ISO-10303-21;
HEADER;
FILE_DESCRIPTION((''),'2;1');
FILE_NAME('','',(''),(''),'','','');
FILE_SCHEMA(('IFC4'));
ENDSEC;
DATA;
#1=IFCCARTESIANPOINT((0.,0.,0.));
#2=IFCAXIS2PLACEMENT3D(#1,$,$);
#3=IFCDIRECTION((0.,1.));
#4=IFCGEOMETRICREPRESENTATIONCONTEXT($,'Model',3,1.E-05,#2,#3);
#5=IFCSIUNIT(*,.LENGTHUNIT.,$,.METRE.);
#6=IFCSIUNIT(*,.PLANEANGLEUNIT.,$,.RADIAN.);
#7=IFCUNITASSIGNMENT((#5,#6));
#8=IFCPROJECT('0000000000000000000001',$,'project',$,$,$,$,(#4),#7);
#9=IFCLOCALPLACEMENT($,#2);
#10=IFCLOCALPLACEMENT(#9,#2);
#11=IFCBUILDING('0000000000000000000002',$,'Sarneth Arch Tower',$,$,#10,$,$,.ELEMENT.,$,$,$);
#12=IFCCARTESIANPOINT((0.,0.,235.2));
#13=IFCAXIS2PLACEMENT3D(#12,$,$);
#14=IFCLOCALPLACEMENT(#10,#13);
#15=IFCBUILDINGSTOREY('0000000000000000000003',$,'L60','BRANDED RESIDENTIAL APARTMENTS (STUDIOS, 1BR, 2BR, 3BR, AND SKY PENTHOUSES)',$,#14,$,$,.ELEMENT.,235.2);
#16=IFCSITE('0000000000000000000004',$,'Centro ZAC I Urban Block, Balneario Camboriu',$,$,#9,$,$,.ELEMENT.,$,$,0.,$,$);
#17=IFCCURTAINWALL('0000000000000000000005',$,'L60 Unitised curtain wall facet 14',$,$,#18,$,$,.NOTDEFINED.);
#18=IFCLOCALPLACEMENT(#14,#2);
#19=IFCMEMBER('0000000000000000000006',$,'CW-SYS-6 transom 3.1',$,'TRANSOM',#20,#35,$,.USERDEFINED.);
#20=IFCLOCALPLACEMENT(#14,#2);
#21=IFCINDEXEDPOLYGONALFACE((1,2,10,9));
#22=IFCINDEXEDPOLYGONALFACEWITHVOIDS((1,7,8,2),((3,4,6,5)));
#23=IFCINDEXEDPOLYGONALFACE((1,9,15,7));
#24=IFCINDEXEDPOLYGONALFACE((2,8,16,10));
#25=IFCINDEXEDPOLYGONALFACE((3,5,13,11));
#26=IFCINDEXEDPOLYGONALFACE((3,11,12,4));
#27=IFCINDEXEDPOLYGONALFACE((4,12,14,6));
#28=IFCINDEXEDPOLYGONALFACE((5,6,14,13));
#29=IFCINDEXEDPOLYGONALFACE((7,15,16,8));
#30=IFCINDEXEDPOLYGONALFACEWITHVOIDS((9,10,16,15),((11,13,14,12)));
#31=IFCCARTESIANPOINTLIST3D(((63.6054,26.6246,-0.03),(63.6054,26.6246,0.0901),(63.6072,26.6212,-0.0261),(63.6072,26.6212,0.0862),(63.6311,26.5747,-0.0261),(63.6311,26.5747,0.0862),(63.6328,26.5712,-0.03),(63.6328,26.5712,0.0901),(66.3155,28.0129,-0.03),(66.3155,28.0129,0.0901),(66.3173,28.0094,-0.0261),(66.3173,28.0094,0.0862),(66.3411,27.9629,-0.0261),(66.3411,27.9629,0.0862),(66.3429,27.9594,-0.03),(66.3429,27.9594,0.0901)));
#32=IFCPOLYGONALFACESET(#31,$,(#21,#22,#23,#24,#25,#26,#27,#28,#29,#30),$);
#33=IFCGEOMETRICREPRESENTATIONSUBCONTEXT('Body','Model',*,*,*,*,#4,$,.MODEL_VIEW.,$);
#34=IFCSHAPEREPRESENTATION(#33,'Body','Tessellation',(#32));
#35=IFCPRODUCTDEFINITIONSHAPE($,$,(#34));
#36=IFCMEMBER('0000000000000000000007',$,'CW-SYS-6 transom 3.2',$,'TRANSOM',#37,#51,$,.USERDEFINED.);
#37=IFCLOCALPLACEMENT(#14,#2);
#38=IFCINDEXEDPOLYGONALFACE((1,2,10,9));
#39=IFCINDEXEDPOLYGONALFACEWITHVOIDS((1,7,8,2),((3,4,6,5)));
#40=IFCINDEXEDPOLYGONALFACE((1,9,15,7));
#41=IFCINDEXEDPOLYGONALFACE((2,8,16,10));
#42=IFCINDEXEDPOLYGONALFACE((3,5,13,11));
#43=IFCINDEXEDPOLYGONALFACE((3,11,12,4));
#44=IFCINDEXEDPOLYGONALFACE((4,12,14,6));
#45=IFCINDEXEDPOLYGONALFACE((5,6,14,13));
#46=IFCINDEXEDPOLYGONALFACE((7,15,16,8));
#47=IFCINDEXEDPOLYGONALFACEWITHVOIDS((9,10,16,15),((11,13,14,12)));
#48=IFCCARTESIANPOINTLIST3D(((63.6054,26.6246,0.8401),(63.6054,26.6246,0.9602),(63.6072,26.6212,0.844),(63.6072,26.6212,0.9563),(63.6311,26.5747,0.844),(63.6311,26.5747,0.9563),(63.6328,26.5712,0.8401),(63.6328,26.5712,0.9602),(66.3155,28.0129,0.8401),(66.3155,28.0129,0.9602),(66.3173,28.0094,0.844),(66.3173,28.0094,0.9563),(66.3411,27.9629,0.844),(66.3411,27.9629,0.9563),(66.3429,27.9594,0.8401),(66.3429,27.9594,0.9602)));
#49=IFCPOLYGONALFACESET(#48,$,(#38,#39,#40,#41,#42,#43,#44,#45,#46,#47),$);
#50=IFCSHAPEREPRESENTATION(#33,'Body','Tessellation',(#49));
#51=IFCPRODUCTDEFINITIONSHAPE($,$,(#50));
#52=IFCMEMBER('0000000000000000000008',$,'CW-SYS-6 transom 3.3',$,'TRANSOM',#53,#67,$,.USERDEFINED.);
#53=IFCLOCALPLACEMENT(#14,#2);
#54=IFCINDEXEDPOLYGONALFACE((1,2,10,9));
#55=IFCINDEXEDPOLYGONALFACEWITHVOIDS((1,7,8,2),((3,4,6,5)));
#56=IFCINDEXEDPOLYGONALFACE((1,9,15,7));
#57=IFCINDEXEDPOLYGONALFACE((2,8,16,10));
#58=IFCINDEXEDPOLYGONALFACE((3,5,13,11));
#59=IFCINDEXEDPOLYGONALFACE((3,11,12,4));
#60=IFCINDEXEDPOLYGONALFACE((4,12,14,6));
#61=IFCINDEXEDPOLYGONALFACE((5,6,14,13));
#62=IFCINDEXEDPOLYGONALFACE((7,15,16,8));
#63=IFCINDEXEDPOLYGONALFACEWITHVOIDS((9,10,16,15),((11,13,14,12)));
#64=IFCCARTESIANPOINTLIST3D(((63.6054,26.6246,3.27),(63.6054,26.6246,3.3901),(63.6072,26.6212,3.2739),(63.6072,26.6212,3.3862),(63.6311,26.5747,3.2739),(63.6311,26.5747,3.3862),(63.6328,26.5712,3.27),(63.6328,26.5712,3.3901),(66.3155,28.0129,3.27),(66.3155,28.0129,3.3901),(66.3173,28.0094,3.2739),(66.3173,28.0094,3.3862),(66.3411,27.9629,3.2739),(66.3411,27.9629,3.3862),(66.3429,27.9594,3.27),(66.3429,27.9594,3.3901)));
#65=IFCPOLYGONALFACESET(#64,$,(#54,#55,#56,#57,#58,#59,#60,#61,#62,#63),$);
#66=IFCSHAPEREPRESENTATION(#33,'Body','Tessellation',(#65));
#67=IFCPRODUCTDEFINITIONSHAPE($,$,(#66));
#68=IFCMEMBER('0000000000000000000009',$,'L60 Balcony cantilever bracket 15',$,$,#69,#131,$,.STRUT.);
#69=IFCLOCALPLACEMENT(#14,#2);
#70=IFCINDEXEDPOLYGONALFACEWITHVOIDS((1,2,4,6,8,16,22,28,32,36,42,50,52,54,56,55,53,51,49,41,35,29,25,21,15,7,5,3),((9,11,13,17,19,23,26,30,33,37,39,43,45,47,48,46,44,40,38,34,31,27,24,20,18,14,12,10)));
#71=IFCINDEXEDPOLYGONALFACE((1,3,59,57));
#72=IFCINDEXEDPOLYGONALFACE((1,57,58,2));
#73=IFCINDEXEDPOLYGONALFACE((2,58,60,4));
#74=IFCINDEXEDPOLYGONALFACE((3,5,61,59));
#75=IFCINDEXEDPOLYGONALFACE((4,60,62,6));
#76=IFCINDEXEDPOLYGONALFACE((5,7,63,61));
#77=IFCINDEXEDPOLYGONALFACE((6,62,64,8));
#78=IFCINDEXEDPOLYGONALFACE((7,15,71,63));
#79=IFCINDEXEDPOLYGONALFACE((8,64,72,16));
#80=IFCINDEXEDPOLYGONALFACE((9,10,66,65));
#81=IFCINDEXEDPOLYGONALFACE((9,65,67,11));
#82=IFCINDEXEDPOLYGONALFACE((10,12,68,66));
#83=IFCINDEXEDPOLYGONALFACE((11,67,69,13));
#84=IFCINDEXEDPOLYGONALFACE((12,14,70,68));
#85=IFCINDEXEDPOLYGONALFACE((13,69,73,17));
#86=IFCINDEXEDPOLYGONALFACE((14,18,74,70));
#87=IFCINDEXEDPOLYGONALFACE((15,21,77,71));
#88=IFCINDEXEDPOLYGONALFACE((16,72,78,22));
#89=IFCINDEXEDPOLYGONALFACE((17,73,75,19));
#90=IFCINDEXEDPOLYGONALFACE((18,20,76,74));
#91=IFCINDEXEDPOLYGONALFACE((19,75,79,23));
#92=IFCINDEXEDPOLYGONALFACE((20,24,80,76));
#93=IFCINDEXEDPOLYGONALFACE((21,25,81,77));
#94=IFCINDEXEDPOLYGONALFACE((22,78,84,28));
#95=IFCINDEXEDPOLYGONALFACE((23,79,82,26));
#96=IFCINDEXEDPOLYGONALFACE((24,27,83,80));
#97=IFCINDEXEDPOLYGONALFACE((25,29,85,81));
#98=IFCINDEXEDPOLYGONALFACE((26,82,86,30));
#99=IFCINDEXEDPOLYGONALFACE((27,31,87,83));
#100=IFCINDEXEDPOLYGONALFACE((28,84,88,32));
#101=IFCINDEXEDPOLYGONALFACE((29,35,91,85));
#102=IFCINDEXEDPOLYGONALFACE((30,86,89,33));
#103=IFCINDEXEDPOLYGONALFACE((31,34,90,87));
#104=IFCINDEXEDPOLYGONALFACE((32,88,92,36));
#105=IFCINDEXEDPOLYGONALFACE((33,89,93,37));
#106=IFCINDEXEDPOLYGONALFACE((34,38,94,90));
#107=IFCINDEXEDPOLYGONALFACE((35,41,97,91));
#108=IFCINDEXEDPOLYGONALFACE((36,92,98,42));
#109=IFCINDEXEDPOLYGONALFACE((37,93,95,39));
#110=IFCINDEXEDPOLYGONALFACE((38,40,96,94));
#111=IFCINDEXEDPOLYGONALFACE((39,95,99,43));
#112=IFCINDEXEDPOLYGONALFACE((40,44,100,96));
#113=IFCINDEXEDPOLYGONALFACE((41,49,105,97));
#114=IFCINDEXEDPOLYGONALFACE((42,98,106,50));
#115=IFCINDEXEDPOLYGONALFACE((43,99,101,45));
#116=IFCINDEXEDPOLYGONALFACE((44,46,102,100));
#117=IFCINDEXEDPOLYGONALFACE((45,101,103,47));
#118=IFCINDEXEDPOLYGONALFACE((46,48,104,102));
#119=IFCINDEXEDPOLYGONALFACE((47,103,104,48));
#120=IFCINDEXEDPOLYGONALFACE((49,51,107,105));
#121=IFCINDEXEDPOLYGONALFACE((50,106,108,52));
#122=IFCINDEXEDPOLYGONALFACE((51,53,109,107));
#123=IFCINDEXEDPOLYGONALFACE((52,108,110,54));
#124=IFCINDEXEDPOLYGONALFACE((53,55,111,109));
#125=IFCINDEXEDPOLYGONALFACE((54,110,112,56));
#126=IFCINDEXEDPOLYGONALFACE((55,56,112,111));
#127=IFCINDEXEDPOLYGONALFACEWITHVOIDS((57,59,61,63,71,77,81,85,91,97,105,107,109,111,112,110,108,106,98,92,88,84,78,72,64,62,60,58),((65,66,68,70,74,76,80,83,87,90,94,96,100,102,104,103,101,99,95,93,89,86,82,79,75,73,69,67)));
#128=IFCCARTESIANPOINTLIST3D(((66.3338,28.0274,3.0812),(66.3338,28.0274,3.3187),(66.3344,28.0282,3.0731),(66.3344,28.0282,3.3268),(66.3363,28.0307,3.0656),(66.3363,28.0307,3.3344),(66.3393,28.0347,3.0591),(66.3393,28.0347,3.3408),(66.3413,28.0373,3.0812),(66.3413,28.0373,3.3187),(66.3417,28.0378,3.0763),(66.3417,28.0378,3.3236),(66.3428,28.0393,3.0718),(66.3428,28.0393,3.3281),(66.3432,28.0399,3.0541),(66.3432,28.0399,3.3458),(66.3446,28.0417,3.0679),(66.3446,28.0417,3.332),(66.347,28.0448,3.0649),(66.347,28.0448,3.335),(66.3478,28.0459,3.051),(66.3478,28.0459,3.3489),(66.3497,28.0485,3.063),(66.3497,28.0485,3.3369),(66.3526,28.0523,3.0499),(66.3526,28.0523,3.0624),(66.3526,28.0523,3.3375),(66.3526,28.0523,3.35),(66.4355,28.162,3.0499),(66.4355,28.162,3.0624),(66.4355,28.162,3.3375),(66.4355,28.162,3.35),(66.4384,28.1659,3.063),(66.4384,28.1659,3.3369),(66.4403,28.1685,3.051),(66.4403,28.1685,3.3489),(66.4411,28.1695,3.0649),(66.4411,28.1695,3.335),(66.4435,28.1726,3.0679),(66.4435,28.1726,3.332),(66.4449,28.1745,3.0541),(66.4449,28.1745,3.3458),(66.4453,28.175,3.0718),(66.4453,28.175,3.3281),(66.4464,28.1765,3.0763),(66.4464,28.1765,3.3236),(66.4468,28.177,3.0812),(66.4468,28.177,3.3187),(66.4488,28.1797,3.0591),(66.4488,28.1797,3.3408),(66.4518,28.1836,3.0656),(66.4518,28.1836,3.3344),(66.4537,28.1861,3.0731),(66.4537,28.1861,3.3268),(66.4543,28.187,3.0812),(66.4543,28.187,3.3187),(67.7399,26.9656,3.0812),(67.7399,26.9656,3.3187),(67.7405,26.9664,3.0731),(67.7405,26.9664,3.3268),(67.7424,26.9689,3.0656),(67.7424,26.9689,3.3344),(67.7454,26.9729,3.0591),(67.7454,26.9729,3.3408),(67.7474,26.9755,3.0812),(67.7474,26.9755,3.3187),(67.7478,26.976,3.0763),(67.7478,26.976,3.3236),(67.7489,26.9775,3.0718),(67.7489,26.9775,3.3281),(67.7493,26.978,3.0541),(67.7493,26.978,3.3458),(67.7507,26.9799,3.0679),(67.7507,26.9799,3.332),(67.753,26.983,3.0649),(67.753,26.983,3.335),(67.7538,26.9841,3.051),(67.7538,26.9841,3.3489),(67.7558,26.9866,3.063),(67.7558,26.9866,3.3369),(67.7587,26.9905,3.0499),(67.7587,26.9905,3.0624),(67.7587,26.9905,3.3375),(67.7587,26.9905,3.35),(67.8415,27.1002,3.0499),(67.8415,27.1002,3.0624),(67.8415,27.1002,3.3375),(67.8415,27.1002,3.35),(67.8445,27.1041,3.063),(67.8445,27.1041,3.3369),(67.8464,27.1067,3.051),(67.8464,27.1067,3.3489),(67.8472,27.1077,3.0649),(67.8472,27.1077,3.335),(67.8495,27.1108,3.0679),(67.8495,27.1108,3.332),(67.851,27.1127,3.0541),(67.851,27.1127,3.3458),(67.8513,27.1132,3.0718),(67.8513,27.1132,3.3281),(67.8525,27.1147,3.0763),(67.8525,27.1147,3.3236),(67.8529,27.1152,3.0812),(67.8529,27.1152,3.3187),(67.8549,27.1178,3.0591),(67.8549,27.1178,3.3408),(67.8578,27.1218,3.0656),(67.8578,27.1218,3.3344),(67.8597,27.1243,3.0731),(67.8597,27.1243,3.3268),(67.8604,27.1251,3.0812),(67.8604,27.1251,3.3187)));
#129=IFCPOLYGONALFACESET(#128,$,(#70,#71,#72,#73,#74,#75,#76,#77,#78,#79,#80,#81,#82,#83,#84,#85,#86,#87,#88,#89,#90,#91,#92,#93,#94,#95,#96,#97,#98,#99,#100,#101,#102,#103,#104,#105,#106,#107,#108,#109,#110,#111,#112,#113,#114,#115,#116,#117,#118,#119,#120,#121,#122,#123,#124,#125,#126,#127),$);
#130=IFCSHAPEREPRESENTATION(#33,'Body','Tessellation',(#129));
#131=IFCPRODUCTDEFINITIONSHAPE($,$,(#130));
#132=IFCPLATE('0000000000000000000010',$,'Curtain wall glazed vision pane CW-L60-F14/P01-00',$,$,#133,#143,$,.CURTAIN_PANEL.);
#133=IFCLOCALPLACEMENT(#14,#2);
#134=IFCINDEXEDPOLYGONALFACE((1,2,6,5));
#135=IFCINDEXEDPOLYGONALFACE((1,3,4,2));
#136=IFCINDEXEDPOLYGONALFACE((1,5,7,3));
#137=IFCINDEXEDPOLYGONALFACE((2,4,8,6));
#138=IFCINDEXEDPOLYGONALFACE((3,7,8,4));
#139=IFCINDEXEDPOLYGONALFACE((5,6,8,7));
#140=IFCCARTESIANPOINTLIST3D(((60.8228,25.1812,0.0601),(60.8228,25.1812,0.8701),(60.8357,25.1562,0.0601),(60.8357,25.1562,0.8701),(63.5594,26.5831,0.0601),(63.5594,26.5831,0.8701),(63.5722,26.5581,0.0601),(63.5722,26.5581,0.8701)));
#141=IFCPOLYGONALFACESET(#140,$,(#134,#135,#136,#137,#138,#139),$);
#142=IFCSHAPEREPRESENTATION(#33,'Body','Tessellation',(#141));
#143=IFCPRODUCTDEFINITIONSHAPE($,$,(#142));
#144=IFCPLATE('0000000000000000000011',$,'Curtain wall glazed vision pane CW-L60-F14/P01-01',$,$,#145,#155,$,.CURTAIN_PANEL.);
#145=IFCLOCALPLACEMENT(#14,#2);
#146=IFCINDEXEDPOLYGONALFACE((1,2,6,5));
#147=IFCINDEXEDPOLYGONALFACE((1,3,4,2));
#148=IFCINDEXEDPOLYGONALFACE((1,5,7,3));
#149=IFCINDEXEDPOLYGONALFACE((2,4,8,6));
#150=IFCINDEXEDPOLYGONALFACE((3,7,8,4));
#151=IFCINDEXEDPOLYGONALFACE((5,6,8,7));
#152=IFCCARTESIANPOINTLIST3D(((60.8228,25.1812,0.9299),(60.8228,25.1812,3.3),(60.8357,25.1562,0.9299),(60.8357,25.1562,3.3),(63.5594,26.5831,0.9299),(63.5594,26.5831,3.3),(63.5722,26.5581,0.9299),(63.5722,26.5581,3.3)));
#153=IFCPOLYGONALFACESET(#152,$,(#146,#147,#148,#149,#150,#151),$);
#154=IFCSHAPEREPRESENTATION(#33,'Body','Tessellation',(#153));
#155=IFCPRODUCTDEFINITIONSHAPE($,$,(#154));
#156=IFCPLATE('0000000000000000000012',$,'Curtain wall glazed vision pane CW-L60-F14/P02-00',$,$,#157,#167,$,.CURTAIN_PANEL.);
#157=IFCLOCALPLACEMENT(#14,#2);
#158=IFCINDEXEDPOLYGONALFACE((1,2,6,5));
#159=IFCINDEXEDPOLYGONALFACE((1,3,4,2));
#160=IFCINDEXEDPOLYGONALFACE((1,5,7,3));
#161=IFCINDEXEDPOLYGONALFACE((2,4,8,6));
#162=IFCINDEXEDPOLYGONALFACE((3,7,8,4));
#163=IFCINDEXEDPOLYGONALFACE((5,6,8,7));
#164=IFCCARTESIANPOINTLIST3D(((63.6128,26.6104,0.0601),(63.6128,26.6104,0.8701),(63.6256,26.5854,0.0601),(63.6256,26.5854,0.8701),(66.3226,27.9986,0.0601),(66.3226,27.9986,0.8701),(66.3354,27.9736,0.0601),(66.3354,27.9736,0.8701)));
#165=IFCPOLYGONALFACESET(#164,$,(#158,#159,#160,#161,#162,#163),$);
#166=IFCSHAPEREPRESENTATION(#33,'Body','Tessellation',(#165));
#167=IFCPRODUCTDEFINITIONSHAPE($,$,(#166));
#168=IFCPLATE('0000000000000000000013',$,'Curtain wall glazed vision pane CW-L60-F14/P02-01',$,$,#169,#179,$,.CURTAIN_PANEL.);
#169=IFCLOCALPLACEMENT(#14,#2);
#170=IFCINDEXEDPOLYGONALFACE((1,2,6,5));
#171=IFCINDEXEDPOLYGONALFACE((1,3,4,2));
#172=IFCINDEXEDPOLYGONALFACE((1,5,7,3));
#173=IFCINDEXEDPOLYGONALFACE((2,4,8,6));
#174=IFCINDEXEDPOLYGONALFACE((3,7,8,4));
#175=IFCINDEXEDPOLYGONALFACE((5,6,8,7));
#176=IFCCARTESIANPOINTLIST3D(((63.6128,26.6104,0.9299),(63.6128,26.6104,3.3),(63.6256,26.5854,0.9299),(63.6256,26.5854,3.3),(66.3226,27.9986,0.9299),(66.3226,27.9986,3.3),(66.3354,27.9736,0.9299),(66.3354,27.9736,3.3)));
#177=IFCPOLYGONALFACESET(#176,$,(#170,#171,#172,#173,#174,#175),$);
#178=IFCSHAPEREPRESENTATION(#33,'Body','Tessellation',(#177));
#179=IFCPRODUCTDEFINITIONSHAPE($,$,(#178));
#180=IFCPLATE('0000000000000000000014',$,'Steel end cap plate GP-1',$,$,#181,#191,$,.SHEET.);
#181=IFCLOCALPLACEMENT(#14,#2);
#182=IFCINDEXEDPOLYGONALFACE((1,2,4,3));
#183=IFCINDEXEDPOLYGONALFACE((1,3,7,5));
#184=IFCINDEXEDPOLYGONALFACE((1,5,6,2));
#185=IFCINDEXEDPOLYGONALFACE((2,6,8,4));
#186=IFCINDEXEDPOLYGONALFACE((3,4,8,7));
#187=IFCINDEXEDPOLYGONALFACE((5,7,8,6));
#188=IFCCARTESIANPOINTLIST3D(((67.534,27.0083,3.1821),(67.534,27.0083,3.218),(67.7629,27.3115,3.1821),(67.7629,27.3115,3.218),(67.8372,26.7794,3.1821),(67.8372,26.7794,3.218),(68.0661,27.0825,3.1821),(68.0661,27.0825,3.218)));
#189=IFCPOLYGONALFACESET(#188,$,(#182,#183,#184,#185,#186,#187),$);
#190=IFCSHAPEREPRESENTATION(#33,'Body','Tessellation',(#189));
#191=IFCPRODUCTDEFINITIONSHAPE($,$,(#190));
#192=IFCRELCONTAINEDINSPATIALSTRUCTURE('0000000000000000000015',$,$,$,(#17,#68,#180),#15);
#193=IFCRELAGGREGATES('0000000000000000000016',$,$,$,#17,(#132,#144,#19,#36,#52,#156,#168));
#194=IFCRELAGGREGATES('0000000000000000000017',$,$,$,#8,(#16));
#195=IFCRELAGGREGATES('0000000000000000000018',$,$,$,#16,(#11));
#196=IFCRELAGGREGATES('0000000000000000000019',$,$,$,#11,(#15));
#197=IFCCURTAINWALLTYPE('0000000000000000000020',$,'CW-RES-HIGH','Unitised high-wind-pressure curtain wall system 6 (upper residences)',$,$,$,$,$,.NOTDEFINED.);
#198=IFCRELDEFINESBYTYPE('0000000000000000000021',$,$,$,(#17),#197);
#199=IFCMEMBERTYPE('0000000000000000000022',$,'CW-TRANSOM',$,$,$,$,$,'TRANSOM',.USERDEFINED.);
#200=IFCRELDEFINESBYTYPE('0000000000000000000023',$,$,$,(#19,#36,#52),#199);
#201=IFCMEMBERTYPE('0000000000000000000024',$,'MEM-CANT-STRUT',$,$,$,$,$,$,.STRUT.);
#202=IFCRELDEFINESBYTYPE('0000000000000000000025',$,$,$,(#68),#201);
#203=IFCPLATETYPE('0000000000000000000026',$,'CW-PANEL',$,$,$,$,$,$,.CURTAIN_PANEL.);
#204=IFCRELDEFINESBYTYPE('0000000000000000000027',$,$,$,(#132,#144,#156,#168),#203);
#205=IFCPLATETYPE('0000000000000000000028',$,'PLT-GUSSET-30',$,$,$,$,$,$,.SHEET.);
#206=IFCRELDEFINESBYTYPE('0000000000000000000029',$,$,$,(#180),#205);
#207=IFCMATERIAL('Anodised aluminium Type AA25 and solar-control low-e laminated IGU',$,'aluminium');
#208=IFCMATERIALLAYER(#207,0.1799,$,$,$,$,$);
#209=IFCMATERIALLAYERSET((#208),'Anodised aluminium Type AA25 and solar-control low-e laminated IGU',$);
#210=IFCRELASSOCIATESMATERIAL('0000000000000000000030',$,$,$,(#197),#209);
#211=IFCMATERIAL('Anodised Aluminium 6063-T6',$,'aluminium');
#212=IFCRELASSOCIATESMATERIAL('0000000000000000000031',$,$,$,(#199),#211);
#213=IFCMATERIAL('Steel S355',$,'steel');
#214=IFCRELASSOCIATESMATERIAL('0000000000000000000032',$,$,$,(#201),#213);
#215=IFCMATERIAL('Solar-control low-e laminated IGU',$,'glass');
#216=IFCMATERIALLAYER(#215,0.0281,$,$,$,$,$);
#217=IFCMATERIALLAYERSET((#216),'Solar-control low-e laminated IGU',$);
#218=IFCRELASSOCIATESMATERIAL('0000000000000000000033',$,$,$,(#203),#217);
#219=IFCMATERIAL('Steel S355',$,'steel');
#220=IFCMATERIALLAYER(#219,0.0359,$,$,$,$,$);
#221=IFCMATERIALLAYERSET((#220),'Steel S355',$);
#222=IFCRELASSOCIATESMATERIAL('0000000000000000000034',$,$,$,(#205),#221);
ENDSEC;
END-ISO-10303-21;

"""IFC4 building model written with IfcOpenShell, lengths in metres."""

from ifc_helpers import new_model, si_unit, direction, frame, origin, origin_2d, place, context, subcontext, project, spatial, rectangle, hollow_rectangle, extrude, material, layer, layer_set, material_profile, profile_set, type_object, element, aggregate, save


model = new_model("IFC4")

# Units and contexts
model_context = context("Model", 3, precision=1e-05, world=origin(), true_north=direction((0.0, 1.0)))
body_context = subcontext(model_context, "Body", "Model", "MODEL_VIEW")
ifc_project = project(units=[si_unit("LENGTHUNIT", "METRE"), si_unit("PLANEANGLEUNIT", "RADIAN")], contexts=[model_context])

# Site, building, storey
site_placement = place(None, origin())
site = spatial("IfcSite", under=ifc_project, at=site_placement, Name="Centro ZAC I Urban Block, Balneario Camboriu", CompositionType="ELEMENT", RefElevation=0.0)
building_placement = place(site_placement, origin())
building = spatial("IfcBuilding", under=site, at=building_placement, Name="Sarneth Arch Tower", CompositionType="ELEMENT")
storey_placement = place(building_placement, frame((0.0, 0.0, 235.2)))
storey = spatial("IfcBuildingStorey", under=building, at=storey_placement, Name="L60", Description="BRANDED RESIDENTIAL APARTMENTS (STUDIOS, 1BR, 2BR, 3BR, AND SKY PENTHOUSES)", CompositionType="ELEMENT", Elevation=235.2)

# Curtain wall, members
ifc_material_1 = material(Name="Anodised aluminium Type AA25 and solar-control low-e laminated IGU", Category="aluminium")
ifc_layer_1 = layer(ifc_material_1, 0.1799)
ifc_layer_set_1 = layer_set([ifc_layer_1], Name="Anodised aluminium Type AA25 and solar-control low-e laminated IGU")
curtain_wall_type = type_object("IfcCurtainWallType", Name="CW-RES-HIGH", Description="Unitised high-wind-pressure curtain wall system 6 (upper residences)", PredefinedType="NOTDEFINED", material=ifc_layer_set_1)
curtain_wall_placement = place(storey_placement, origin())
curtain_wall = element("IfcCurtainWall", 1, at=curtain_wall_placement, inside=storey, type_object=curtain_wall_type, Name="L60 Unitised curtain wall facet 14", PredefinedType="NOTDEFINED")
ifc_material_2 = material(Name="Anodised Aluminium 6063-T6", Category="aluminium")
ifc_material_profile_1 = material_profile(ifc_material_2, hollow_rectangle(XDim=0.0601, YDim=0.1201, WallThickness=0.0039, at=origin_2d()), Name="AL-TRAN-120x60x4")
ifc_profile_set_1 = profile_set([ifc_material_profile_1], Name="Anodised Aluminium 6063-T6")
member_type_1 = type_object("IfcMemberType", Name="CW-TRANSOM", ElementType="TRANSOM", PredefinedType="USERDEFINED", material=ifc_profile_set_1)
member_1_placement = place(storey_placement, frame((63.6191, 26.5979, 0.03), z_axis=(0.890023, 0.455916, 0.0), x_axis=(-0.455916, 0.890023, 0.0)))
member_1 = element("IfcMember", 2, at=member_1_placement, type_object=member_type_1, Name="CW-SYS-6 transom 3.1", ObjectType="TRANSOM", PredefinedType="USERDEFINED", context=body_context, shape_type="SweptSolid", body=[
    extrude(hollow_rectangle(XDim=0.0601, YDim=0.1201, WallThickness=0.0039, at=origin_2d()), origin(), (0.0, 0.0, 1.0), 3.0449),
])
member_2_placement = place(storey_placement, frame((63.6191, 26.5979, 0.9001), z_axis=(0.890023, 0.455916, 0.0), x_axis=(-0.455916, 0.890023, 0.0)))
member_2 = element("IfcMember", 3, at=member_2_placement, type_object=member_type_1, Name="CW-SYS-6 transom 3.2", ObjectType="TRANSOM", PredefinedType="USERDEFINED", context=body_context, shape_type="SweptSolid", body=[
    extrude(hollow_rectangle(XDim=0.0601, YDim=0.1201, WallThickness=0.0039, at=origin_2d()), origin(), (0.0, 0.0, 1.0), 3.0449),
])
member_3_placement = place(storey_placement, frame((63.6191, 26.5979, 3.3301), z_axis=(0.890023, 0.455916, 0.0), x_axis=(-0.455916, 0.890023, 0.0)))
member_3 = element("IfcMember", 4, at=member_3_placement, type_object=member_type_1, Name="CW-SYS-6 transom 3.3", ObjectType="TRANSOM", PredefinedType="USERDEFINED", context=body_context, shape_type="SweptSolid", body=[
    extrude(hollow_rectangle(XDim=0.0601, YDim=0.1201, WallThickness=0.0039, at=origin_2d()), origin(), (0.0, 0.0, 1.0), 3.0449),
])

# Member
ifc_material_3 = material(Name="Steel S355", Category="steel")
ifc_material_profile_2 = material_profile(ifc_material_3, hollow_rectangle(XDim=0.2, YDim=0.3, WallThickness=0.0125, InnerFilletRadius=0.0188, OuterFilletRadius=0.0312, at=origin_2d()), Name="RHS300x200x12.5")
ifc_profile_set_2 = profile_set([ifc_material_profile_2], Name="Steel S355")
member_type_2 = type_object("IfcMemberType", Name="MEM-CANT-STRUT", PredefinedType="STRUT", material=ifc_profile_set_2)
member_4_placement = place(storey_placement, frame((66.394, 28.1072, 3.2), z_axis=(0.798017, -0.602635, 0.0), x_axis=(0.602635, 0.798017, 0.0)))
element("IfcMember", 5, at=member_4_placement, inside=storey, type_object=member_type_2, Name="L60 Balcony cantilever bracket 15", PredefinedType="STRUT", context=body_context, shape_type="SweptSolid", body=[
    extrude(hollow_rectangle(XDim=0.2, YDim=0.3, WallThickness=0.0125, InnerFilletRadius=0.0188, OuterFilletRadius=0.0312, at=origin_2d()), origin(), (0.0, 0.0, 1.0), 1.762),
])

# Plates
ifc_material_4 = material(Name="Solar-control low-e laminated IGU", Category="glass")
ifc_layer_2 = layer(ifc_material_4, 0.0281)
ifc_layer_set_2 = layer_set([ifc_layer_2], Name="Solar-control low-e laminated IGU")
plate_type_1 = type_object("IfcPlateType", Name="CW-PANEL", PredefinedType="CURTAIN_PANEL", material=ifc_layer_set_2)
plate_1_placement = place(storey_placement, frame((62.1975, 25.8696, 0.0601), z_axis=(0.0, 0.0, 1.0), x_axis=(0.89001, 0.455942, 0.0)))
plate_1 = element("IfcPlate", 6, at=plate_1_placement, type_object=plate_type_1, Name="Curtain wall glazed vision pane CW-L60-F14/P01-00", PredefinedType="CURTAIN_PANEL", context=body_context, shape_type="SweptSolid", body=[
    extrude(rectangle(XDim=3.0747, YDim=0.0281, at=origin_2d()), origin(), (0.0, 0.0, 1.0), 0.8101),
])
plate_2_placement = place(storey_placement, frame((62.1975, 25.8696, 0.9299), z_axis=(0.0, 0.0, 1.0), x_axis=(0.89001, 0.455942, 0.0)))
plate_2 = element("IfcPlate", 7, at=plate_2_placement, type_object=plate_type_1, Name="Curtain wall glazed vision pane CW-L60-F14/P01-01", PredefinedType="CURTAIN_PANEL", context=body_context, shape_type="SweptSolid", body=[
    extrude(rectangle(XDim=3.0747, YDim=0.0281, at=origin_2d()), origin(), (0.0, 0.0, 1.0), 2.3701),
])
plate_3_placement = place(storey_placement, frame((64.9741, 27.292, 0.0601), z_axis=(0.0, 0.0, 1.0), x_axis=(0.89001, 0.455942, 0.0)))
plate_3 = element("IfcPlate", 8, at=plate_3_placement, type_object=plate_type_1, Name="Curtain wall glazed vision pane CW-L60-F14/P02-00", PredefinedType="CURTAIN_PANEL", context=body_context, shape_type="SweptSolid", body=[
    extrude(rectangle(XDim=3.0447, YDim=0.0281, at=origin_2d()), origin(), (0.0, 0.0, 1.0), 0.8101),
])
plate_4_placement = place(storey_placement, frame((64.9741, 27.292, 0.9299), z_axis=(0.0, 0.0, 1.0), x_axis=(0.89001, 0.455942, 0.0)))
plate_4 = element("IfcPlate", 9, at=plate_4_placement, type_object=plate_type_1, Name="Curtain wall glazed vision pane CW-L60-F14/P02-01", PredefinedType="CURTAIN_PANEL", context=body_context, shape_type="SweptSolid", body=[
    extrude(rectangle(XDim=3.0447, YDim=0.0281, at=origin_2d()), origin(), (0.0, 0.0, 1.0), 2.3701),
])
aggregate(curtain_wall, [plate_1, plate_2, member_1, member_2, member_3, plate_3, plate_4])

# Plate
ifc_material_5 = material(Name="Steel S355", Category="steel")
ifc_layer_3 = layer(ifc_material_5, 0.0359)
ifc_layer_set_3 = layer_set([ifc_layer_3], Name="Steel S355")
plate_type_2 = type_object("IfcPlateType", Name="PLT-GUSSET-30", PredefinedType="SHEET", material=ifc_layer_set_3)
plate_5_placement = place(storey_placement, frame((67.8, 27.0454, 3.1821), z_axis=(0.0, 0.0, 1.0), x_axis=(0.798005, -0.602651, 0.0)))
element("IfcPlate", 10, at=plate_5_placement, inside=storey, type_object=plate_type_2, Name="Steel end cap plate GP-1", PredefinedType="SHEET", context=body_context, shape_type="SweptSolid", body=[
    extrude(rectangle(XDim=0.3799, YDim=0.3799, at=origin_2d()), origin(), (0.0, 0.0, 1.0), 0.0359),
])

save(model, "model.ifc")
